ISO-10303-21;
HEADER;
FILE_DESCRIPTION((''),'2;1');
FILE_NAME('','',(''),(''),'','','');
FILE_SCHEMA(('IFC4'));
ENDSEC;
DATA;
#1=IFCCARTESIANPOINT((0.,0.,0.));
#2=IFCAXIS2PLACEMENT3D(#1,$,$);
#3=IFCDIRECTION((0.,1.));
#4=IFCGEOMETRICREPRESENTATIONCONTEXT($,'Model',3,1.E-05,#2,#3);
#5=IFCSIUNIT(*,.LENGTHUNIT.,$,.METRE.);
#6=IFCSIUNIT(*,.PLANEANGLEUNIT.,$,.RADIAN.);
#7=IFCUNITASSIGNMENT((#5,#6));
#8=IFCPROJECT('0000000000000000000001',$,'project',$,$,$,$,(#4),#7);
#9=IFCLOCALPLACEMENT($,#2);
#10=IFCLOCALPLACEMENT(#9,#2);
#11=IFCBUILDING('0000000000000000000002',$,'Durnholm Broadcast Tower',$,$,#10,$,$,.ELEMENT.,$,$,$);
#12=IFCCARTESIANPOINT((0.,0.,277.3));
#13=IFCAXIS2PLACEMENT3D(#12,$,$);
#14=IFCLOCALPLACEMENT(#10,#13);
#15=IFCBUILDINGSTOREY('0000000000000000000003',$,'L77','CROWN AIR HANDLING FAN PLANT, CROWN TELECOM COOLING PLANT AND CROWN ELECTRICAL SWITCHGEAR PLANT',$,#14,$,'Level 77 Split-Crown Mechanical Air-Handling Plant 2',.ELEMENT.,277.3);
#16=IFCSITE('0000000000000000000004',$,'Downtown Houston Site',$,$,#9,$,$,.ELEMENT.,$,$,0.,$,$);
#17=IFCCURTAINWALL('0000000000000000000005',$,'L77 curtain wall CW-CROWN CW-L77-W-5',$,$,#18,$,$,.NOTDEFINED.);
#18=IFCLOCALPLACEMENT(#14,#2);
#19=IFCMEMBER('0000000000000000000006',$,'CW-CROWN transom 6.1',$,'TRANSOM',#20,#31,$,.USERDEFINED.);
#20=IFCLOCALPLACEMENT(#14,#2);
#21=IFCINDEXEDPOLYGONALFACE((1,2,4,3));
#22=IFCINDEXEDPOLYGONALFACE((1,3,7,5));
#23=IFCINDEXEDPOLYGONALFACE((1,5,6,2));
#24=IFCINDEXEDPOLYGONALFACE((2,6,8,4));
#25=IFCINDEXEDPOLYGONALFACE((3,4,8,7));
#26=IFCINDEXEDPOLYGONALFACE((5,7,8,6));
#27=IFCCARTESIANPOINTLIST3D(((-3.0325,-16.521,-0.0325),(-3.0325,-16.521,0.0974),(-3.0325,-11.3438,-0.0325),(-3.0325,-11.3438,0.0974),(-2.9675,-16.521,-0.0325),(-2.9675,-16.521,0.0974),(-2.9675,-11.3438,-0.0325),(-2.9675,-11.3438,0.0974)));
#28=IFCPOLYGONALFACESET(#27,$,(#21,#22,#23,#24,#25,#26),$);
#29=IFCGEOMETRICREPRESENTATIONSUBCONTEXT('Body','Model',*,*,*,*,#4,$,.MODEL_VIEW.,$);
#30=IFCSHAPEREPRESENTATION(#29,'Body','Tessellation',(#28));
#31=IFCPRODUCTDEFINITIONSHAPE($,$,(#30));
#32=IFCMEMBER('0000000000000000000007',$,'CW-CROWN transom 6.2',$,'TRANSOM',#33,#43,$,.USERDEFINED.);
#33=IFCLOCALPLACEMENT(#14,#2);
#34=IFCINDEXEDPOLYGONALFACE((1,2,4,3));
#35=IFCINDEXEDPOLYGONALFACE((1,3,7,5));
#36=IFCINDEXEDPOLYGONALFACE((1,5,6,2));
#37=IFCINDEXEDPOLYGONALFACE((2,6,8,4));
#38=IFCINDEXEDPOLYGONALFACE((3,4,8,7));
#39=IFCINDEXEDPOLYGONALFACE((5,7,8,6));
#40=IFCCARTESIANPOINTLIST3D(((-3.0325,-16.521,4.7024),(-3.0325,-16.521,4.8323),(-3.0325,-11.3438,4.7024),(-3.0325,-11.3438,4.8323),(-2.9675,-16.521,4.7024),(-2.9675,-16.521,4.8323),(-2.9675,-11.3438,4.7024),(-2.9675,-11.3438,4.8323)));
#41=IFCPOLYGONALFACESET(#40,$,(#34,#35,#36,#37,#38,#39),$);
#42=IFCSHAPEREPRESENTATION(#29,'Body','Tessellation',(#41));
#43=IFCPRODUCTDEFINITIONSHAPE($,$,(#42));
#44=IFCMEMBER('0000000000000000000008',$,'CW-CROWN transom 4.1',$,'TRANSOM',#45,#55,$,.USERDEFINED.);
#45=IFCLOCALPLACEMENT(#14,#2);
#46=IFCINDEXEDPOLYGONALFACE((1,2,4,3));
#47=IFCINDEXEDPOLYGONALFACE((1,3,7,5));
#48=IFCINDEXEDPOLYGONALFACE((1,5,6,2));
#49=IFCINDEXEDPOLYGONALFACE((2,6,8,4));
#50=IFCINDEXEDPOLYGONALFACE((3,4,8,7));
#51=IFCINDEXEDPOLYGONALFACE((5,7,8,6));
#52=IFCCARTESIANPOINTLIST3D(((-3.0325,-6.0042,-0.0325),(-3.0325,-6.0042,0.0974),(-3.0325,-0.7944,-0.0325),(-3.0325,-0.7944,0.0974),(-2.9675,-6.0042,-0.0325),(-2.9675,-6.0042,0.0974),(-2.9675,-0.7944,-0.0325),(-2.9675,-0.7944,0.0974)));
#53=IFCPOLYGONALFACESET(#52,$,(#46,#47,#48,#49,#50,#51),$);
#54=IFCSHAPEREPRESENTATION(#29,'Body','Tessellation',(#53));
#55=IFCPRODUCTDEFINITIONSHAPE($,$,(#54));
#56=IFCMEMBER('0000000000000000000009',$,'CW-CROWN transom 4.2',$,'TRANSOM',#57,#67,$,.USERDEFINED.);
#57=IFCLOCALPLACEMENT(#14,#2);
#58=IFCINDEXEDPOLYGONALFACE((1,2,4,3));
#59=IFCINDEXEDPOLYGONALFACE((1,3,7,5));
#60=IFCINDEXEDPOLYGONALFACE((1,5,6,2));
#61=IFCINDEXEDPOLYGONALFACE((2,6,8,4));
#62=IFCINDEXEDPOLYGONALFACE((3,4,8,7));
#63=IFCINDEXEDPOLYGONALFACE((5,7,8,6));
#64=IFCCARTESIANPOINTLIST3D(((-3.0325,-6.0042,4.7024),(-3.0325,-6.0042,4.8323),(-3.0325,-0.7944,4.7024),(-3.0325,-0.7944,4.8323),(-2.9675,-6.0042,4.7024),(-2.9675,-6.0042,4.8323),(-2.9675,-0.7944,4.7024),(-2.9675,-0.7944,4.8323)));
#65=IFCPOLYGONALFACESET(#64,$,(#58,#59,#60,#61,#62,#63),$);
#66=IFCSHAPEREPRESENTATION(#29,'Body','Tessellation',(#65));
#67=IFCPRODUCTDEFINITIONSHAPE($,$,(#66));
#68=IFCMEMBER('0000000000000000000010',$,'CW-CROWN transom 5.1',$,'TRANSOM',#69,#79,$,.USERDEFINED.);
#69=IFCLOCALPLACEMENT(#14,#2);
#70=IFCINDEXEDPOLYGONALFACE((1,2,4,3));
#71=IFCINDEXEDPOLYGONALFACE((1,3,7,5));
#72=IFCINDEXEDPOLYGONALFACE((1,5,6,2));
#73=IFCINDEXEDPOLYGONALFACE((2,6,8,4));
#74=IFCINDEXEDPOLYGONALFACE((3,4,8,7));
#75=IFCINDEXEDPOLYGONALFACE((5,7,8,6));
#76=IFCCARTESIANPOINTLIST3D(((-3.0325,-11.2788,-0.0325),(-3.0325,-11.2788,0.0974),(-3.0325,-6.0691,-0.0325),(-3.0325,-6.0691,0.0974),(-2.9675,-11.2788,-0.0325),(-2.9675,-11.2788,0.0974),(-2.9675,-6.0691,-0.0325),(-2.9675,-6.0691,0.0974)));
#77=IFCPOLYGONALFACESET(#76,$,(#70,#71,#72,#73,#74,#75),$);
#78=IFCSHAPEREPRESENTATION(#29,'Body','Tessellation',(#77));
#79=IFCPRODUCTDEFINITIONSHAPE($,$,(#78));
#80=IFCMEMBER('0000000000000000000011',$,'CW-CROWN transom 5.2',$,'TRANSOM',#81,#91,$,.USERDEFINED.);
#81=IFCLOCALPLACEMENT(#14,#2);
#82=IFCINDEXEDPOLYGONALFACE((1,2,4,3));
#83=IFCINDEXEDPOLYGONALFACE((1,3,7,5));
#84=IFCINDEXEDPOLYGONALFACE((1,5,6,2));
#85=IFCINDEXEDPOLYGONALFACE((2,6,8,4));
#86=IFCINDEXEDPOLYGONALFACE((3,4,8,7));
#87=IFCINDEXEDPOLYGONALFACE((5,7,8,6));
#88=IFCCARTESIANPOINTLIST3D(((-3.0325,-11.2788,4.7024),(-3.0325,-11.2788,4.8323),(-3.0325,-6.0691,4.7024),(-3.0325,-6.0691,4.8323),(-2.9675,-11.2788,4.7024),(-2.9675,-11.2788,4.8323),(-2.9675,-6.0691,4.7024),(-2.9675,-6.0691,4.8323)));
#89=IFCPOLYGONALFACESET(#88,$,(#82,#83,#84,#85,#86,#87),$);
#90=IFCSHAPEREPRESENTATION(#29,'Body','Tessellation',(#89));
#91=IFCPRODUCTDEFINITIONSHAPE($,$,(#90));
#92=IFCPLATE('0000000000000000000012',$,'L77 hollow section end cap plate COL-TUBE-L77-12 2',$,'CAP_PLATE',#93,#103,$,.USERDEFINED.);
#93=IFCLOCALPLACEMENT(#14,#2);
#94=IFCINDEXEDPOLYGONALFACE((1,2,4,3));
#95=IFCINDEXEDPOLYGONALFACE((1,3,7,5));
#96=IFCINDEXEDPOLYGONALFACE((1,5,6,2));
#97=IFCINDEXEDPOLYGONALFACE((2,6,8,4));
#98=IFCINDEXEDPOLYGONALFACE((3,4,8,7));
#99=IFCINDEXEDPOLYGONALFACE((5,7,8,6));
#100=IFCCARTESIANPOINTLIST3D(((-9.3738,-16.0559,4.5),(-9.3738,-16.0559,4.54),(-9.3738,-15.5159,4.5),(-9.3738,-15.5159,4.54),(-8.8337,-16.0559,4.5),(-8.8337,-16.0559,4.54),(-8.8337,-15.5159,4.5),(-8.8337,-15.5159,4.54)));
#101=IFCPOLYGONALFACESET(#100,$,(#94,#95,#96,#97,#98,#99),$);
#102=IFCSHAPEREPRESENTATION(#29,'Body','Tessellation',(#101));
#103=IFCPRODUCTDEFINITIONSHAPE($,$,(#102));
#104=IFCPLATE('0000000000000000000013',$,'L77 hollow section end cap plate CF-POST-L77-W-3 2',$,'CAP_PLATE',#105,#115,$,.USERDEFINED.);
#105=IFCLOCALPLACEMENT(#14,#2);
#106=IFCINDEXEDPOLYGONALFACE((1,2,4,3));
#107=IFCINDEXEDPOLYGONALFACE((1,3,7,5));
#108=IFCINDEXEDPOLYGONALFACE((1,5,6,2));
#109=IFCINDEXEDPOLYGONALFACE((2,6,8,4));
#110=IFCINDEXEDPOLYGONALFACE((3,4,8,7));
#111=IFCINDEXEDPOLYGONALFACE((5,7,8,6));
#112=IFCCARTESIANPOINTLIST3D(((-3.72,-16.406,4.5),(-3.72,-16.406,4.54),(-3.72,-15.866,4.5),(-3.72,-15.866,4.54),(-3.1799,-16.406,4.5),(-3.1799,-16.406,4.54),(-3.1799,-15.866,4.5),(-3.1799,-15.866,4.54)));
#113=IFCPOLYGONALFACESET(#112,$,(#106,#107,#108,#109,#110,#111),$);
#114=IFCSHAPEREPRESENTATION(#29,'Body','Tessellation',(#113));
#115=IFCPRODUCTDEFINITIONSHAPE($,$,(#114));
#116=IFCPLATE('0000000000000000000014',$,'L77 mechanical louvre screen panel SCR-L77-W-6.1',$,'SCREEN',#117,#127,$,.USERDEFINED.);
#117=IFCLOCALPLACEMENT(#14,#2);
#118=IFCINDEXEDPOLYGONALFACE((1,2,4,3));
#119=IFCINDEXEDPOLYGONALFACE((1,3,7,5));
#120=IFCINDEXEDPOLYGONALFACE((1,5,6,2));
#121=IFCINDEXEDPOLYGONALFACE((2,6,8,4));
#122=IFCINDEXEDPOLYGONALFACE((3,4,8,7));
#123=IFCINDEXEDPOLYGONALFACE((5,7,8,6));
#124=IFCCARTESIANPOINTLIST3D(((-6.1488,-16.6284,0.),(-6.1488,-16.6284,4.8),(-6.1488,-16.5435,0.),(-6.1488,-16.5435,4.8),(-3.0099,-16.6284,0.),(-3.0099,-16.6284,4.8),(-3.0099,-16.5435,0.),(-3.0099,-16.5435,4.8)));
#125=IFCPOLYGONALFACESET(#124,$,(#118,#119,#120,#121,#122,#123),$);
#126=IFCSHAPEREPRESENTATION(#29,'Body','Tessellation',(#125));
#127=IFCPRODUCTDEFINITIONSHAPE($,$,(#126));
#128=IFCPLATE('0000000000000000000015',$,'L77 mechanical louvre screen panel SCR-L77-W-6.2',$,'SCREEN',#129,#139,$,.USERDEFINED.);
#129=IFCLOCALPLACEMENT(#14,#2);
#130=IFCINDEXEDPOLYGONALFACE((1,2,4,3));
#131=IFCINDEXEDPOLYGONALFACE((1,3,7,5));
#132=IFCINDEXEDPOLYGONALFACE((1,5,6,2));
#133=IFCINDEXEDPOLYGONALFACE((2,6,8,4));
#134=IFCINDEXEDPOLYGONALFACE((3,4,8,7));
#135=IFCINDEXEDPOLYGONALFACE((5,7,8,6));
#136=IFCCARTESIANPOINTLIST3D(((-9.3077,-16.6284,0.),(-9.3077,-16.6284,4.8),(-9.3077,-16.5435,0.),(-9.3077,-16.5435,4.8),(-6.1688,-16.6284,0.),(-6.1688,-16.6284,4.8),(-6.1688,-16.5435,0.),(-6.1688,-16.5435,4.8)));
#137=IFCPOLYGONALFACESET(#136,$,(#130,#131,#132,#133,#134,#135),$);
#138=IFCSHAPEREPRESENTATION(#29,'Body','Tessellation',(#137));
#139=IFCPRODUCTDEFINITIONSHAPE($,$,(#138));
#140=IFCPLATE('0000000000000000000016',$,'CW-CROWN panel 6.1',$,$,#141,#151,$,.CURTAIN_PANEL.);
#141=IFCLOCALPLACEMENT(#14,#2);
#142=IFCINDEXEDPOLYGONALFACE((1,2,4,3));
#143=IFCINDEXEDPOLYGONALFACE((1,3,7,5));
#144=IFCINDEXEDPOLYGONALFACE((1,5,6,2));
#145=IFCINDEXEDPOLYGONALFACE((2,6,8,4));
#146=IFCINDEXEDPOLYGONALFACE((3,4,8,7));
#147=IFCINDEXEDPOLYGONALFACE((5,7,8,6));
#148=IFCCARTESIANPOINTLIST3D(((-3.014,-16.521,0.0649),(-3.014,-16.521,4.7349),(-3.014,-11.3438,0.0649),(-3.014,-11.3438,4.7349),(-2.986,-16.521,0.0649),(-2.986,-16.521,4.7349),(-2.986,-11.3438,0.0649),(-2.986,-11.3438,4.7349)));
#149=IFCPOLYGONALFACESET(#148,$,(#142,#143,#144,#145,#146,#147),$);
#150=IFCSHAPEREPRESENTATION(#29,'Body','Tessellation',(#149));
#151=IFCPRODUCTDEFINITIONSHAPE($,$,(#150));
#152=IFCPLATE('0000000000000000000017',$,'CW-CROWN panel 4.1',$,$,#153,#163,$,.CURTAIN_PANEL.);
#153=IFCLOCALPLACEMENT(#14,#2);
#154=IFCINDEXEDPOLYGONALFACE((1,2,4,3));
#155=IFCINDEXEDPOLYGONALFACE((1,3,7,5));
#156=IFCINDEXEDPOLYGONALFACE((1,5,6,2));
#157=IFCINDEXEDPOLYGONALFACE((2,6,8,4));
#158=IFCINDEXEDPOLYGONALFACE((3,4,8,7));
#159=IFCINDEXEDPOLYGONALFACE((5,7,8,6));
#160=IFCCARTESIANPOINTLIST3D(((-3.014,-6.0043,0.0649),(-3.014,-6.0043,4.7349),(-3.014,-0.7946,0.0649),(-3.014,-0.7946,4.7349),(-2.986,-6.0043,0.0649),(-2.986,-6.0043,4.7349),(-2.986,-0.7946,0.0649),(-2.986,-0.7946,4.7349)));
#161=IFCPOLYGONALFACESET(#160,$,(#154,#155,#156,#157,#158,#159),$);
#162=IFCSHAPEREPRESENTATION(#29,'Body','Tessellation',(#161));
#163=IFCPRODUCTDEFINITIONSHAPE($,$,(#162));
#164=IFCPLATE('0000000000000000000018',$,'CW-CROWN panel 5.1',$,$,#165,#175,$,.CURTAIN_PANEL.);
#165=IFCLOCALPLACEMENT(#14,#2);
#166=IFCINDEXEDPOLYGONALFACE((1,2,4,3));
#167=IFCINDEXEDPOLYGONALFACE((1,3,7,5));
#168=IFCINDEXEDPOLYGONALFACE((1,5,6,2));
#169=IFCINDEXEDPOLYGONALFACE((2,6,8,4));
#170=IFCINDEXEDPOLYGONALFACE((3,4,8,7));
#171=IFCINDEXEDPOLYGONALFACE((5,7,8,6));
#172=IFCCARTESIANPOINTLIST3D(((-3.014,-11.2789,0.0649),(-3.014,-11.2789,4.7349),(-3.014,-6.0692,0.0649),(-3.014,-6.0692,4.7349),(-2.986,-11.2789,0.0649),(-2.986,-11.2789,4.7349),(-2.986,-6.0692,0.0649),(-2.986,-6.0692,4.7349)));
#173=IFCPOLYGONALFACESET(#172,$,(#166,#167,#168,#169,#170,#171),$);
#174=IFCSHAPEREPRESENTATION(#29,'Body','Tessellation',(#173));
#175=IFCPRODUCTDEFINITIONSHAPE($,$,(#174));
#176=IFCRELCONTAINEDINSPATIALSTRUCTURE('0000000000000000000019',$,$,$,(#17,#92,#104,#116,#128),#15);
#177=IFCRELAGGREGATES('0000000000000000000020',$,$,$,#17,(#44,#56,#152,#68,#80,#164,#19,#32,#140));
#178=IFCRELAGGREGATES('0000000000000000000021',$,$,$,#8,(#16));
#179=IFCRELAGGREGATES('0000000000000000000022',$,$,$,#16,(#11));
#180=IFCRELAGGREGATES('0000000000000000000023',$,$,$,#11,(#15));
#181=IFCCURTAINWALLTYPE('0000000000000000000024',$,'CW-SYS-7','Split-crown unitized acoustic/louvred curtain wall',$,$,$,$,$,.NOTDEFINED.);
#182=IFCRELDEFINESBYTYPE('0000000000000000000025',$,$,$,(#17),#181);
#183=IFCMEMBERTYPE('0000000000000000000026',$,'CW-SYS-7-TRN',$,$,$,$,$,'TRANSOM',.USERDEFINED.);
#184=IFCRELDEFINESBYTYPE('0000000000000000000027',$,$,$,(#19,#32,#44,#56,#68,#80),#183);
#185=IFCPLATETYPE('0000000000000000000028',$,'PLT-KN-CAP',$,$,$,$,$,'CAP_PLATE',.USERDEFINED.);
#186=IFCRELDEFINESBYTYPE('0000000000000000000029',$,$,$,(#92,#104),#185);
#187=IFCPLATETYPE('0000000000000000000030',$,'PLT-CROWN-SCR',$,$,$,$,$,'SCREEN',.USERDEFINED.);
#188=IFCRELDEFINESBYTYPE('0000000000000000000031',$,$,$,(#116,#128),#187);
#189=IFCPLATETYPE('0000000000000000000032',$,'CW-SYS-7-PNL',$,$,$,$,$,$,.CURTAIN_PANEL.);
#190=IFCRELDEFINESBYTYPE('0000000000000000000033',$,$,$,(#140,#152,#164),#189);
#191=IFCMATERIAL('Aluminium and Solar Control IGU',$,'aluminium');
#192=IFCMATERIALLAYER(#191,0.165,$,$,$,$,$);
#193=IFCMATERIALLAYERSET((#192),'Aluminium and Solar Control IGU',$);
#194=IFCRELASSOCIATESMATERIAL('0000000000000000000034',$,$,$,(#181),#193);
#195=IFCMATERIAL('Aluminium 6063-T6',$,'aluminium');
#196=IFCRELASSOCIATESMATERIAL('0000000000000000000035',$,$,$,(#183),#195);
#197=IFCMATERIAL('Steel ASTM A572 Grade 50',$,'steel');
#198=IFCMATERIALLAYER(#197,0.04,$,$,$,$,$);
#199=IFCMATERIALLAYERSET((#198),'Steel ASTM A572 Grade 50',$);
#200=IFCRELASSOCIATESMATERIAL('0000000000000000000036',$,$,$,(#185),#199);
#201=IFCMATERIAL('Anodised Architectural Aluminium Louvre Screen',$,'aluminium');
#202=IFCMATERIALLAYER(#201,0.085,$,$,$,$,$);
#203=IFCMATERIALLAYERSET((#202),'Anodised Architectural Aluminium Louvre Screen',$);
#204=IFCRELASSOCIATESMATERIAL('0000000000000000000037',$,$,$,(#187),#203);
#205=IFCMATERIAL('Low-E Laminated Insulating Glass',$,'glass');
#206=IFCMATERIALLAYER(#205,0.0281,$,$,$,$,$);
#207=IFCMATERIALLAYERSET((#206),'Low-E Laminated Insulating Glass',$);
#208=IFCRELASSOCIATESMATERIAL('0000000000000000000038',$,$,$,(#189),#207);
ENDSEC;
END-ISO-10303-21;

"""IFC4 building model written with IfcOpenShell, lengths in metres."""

from ifc_helpers import new_model, si_unit, direction, frame, origin, origin_2d, place, context, subcontext, project, spatial, rectangle, extrude, source, transform, mapped, material, layer, layer_set, material_profile, profile_set, type_object, type_shapes, element, aggregate, save


model = new_model("IFC4")

# Units and contexts
model_context = context("Model", 3, precision=1e-05, world=origin(), true_north=direction((0.0, 1.0)))
body_context = subcontext(model_context, "Body", "Model", "MODEL_VIEW")
ifc_project = project(units=[si_unit("LENGTHUNIT", "METRE"), si_unit("PLANEANGLEUNIT", "RADIAN")], contexts=[model_context])

# Site, building, storey
site_placement = place(None, origin())
site = spatial("IfcSite", under=ifc_project, at=site_placement, Name="Downtown Houston Site", CompositionType="ELEMENT", RefElevation=0.0)
building_placement = place(site_placement, origin())
building = spatial("IfcBuilding", under=site, at=building_placement, Name="Durnholm Broadcast Tower", CompositionType="ELEMENT")
storey_placement = place(building_placement, frame((0.0, 0.0, 277.3)))
storey = spatial("IfcBuildingStorey", under=building, at=storey_placement, Name="L77", Description="CROWN AIR HANDLING FAN PLANT, CROWN TELECOM COOLING PLANT AND CROWN ELECTRICAL SWITCHGEAR PLANT", LongName="Level 77 Split-Crown Mechanical Air-Handling Plant 2", CompositionType="ELEMENT", Elevation=277.3)

# Curtain wall, members
ifc_material_1 = material(Name="Aluminium and Solar Control IGU", Category="aluminium")
ifc_layer_1 = layer(ifc_material_1, 0.165)
ifc_layer_set_1 = layer_set([ifc_layer_1], Name="Aluminium and Solar Control IGU")
curtain_wall_type = type_object("IfcCurtainWallType", Name="CW-SYS-7", Description="Split-crown unitized acoustic/louvred curtain wall", PredefinedType="NOTDEFINED", material=ifc_layer_set_1)
curtain_wall_placement = place(storey_placement, origin())
curtain_wall = element("IfcCurtainWall", 1, at=curtain_wall_placement, inside=storey, type_object=curtain_wall_type, Name="L77 curtain wall CW-CROWN CW-L77-W-5", PredefinedType="NOTDEFINED")
ifc_material_2 = material(Name="Aluminium 6063-T6", Category="aluminium")
ifc_material_profile_1 = material_profile(ifc_material_2, rectangle(XDim=0.0649, YDim=0.1299, at=origin_2d()), Name="CWT65X130")
ifc_profile_set_1 = profile_set([ifc_material_profile_1], Name="Aluminium 6063-T6")
member_type_1 = type_object("IfcMemberType", Name="CW-SYS-7-TRN", ElementType="TRANSOM", PredefinedType="USERDEFINED", material=ifc_profile_set_1)
shared_shape_1 = source(origin(), body_context, "Body", "SweptSolid", [
    extrude(rectangle(XDim=0.0649, YDim=0.1299, at=origin_2d()), origin(), (0.0, 0.0, 1.0), 5.1772),
])
member_1_placement = place(storey_placement, frame((-3.0, -11.3438, 0.0325), z_axis=(0.0, -1.0, 0.0), x_axis=(1.0, 0.0, 0.0)))
member_1 = element("IfcMember", 2, at=member_1_placement, type_object=member_type_1, Name="CW-CROWN transom 6.1", ObjectType="TRANSOM", PredefinedType="USERDEFINED", context=body_context, shape_type="MappedRepresentation", body=[
    mapped(shared_shape_1, transform((0.0, 0.0, 0.0), x_axis=(1.0, 0.0, 0.0), y_axis=(0.0, 1.0, 0.0), z_axis=(0.0, 0.0, 1.0), scale=1.0)),
])
member_2_placement = place(storey_placement, frame((-3.0, -11.3438, 4.7673), z_axis=(0.0, -1.0, 0.0), x_axis=(1.0, 0.0, 0.0)))
member_2 = element("IfcMember", 3, at=member_2_placement, type_object=member_type_1, Name="CW-CROWN transom 6.2", ObjectType="TRANSOM", PredefinedType="USERDEFINED", context=body_context, shape_type="MappedRepresentation", body=[
    mapped(shared_shape_1, transform((0.0, 0.0, 0.0), x_axis=(1.0, 0.0, 0.0), y_axis=(0.0, 1.0, 0.0), z_axis=(0.0, 0.0, 1.0), scale=1.0)),
])
shared_shape_2 = source(origin(), body_context, "Body", "SweptSolid", [
    extrude(rectangle(XDim=0.0649, YDim=0.1299, at=origin_2d()), origin(), (0.0, 0.0, 1.0), 5.2097),
])
type_shapes(member_type_1, [shared_shape_1, shared_shape_2])
member_3_placement = place(storey_placement, frame((-3.0, -0.7944, 0.0325), z_axis=(0.0, -1.0, 0.0), x_axis=(1.0, 0.0, 0.0)))
member_3 = element("IfcMember", 4, at=member_3_placement, type_object=member_type_1, Name="CW-CROWN transom 4.1", ObjectType="TRANSOM", PredefinedType="USERDEFINED", context=body_context, shape_type="MappedRepresentation", body=[
    mapped(shared_shape_2, transform((0.0, 0.0, 0.0), x_axis=(1.0, 0.0, 0.0), y_axis=(0.0, 1.0, 0.0), z_axis=(0.0, 0.0, 1.0), scale=1.0)),
])
member_4_placement = place(storey_placement, frame((-3.0, -0.7944, 4.7673), z_axis=(0.0, -1.0, 0.0), x_axis=(1.0, 0.0, 0.0)))
member_4 = element("IfcMember", 5, at=member_4_placement, type_object=member_type_1, Name="CW-CROWN transom 4.2", ObjectType="TRANSOM", PredefinedType="USERDEFINED", context=body_context, shape_type="MappedRepresentation", body=[
    mapped(shared_shape_2, transform((0.0, 0.0, 0.0), x_axis=(1.0, 0.0, 0.0), y_axis=(0.0, 1.0, 0.0), z_axis=(0.0, 0.0, 1.0), scale=1.0)),
])
member_5_placement = place(storey_placement, frame((-3.0, -6.0691, 0.0325), z_axis=(0.0, -1.0, 0.0), x_axis=(1.0, 0.0, 0.0)))
member_5 = element("IfcMember", 6, at=member_5_placement, type_object=member_type_1, Name="CW-CROWN transom 5.1", ObjectType="TRANSOM", PredefinedType="USERDEFINED", context=body_context, shape_type="MappedRepresentation", body=[
    mapped(shared_shape_2, transform((0.0, 0.0, 0.0), x_axis=(1.0, 0.0, 0.0), y_axis=(0.0, 1.0, 0.0), z_axis=(0.0, 0.0, 1.0), scale=1.0)),
])
member_6_placement = place(storey_placement, frame((-3.0, -6.0691, 4.7673), z_axis=(0.0, -1.0, 0.0), x_axis=(1.0, 0.0, 0.0)))
member_6 = element("IfcMember", 7, at=member_6_placement, type_object=member_type_1, Name="CW-CROWN transom 5.2", ObjectType="TRANSOM", PredefinedType="USERDEFINED", context=body_context, shape_type="MappedRepresentation", body=[
    mapped(shared_shape_2, transform((0.0, 0.0, 0.0), x_axis=(1.0, 0.0, 0.0), y_axis=(0.0, 1.0, 0.0), z_axis=(0.0, 0.0, 1.0), scale=1.0)),
])

# Plates
ifc_material_3 = material(Name="Steel ASTM A572 Grade 50", Category="steel")
ifc_layer_2 = layer(ifc_material_3, 0.04)
ifc_layer_set_2 = layer_set([ifc_layer_2], Name="Steel ASTM A572 Grade 50")
plate_type_1 = type_object("IfcPlateType", Name="PLT-KN-CAP", ElementType="CAP_PLATE", PredefinedType="USERDEFINED", material=ifc_layer_set_2)
shared_shape_3 = source(origin(), body_context, "Body", "SweptSolid", [
    extrude(rectangle(XDim=0.54, YDim=0.54, at=origin_2d()), origin(), (0.0, 0.0, 1.0), 0.04),
])
type_shapes(plate_type_1, [shared_shape_3])
for number, where, z_axis, x_axis, name in (
    (8, (-9.1038, -15.7859, 4.5), (0.0, 0.0, 1.0), (1.0, 0.0, 0.0), "L77 hollow section end cap plate COL-TUBE-L77-12 2"),
    (9, (-3.45, -16.136, 4.5), (0.0, 0.0, 1.0), (1.0, 0.0, 0.0), "L77 hollow section end cap plate CF-POST-L77-W-3 2"),
):
    element("IfcPlate", number, at=place(storey_placement, frame(where, z_axis=z_axis, x_axis=x_axis)), inside=storey, type_object=plate_type_1, Name=name, ObjectType="CAP_PLATE", PredefinedType="USERDEFINED", context=body_context, shape_type="MappedRepresentation", body=[
        mapped(shared_shape_3, transform((0.0, 0.0, 0.0), x_axis=(1.0, 0.0, 0.0), y_axis=(0.0, 1.0, 0.0), z_axis=(0.0, 0.0, 1.0), scale=1.0)),
    ])
ifc_material_4 = material(Name="Anodised Architectural Aluminium Louvre Screen", Category="aluminium")
ifc_layer_3 = layer(ifc_material_4, 0.085)
ifc_layer_set_3 = layer_set([ifc_layer_3], Name="Anodised Architectural Aluminium Louvre Screen")
plate_type_2 = type_object("IfcPlateType", Name="PLT-CROWN-SCR", ElementType="SCREEN", PredefinedType="USERDEFINED", material=ifc_layer_set_3)
shared_shape_4 = source(origin(), body_context, "Body", "SweptSolid", [
    extrude(rectangle(XDim=3.1389, YDim=0.085, at=origin_2d()), origin(), (0.0, 0.0, 1.0), 4.8),
])
type_shapes(plate_type_2, [shared_shape_4])
for number, where, z_axis, x_axis, name in (
    (10, (-4.5793, -16.5859, 0.0), (0.0, 0.0, 1.0), (-1.0, 0.0, 0.0), "L77 mechanical louvre screen panel SCR-L77-W-6.1"),
    (11, (-7.7383, -16.5859, 0.0), (0.0, 0.0, 1.0), (-1.0, 0.0, 0.0), "L77 mechanical louvre screen panel SCR-L77-W-6.2"),
):
    element("IfcPlate", number, at=place(storey_placement, frame(where, z_axis=z_axis, x_axis=x_axis)), inside=storey, type_object=plate_type_2, Name=name, ObjectType="SCREEN", PredefinedType="USERDEFINED", context=body_context, shape_type="MappedRepresentation", body=[
        mapped(shared_shape_4, transform((0.0, 0.0, 0.0), x_axis=(1.0, 0.0, 0.0), y_axis=(0.0, 1.0, 0.0), z_axis=(0.0, 0.0, 1.0), scale=1.0)),
    ])

# Plates
ifc_material_5 = material(Name="Low-E Laminated Insulating Glass", Category="glass")
ifc_layer_4 = layer(ifc_material_5, 0.0281)
ifc_layer_set_4 = layer_set([ifc_layer_4], Name="Low-E Laminated Insulating Glass")
plate_type_3 = type_object("IfcPlateType", Name="CW-SYS-7-PNL", PredefinedType="CURTAIN_PANEL", material=ifc_layer_set_4)
shared_shape_5 = source(origin(), body_context, "Body", "SweptSolid", [
    extrude(rectangle(XDim=5.1772, YDim=0.0281, at=origin_2d()), origin(), (0.0, 0.0, 1.0), 4.6699),
])
plate_1_placement = place(storey_placement, frame((-3.0, -13.9324, 0.0649), z_axis=(0.0, 0.0, 1.0), x_axis=(0.0, -1.0, 0.0)))
plate_1 = element("IfcPlate", 12, at=plate_1_placement, type_object=plate_type_3, Name="CW-CROWN panel 6.1", PredefinedType="CURTAIN_PANEL", context=body_context, shape_type="MappedRepresentation", body=[
    mapped(shared_shape_5, transform((0.0, 0.0, 0.0), x_axis=(1.0, 0.0, 0.0), y_axis=(0.0, 1.0, 0.0), z_axis=(0.0, 0.0, 1.0), scale=1.0)),
])
shared_shape_6 = source(origin(), body_context, "Body", "SweptSolid", [
    extrude(rectangle(XDim=5.2097, YDim=0.0281, at=origin_2d()), origin(), (0.0, 0.0, 1.0), 4.6699),
])
type_shapes(plate_type_3, [shared_shape_5, shared_shape_6])
plate_2_placement = place(storey_placement, frame((-3.0, -3.3994, 0.0649), z_axis=(0.0, 0.0, 1.0), x_axis=(0.0, -1.0, 0.0)))
plate_2 = element("IfcPlate", 13, at=plate_2_placement, type_object=plate_type_3, Name="CW-CROWN panel 4.1", PredefinedType="CURTAIN_PANEL", context=body_context, shape_type="MappedRepresentation", body=[
    mapped(shared_shape_6, transform((0.0, 0.0, 0.0), x_axis=(1.0, 0.0, 0.0), y_axis=(0.0, 1.0, 0.0), z_axis=(0.0, 0.0, 1.0), scale=1.0)),
])
plate_3_placement = place(storey_placement, frame((-3.0, -8.6741, 0.0649), z_axis=(0.0, 0.0, 1.0), x_axis=(0.0, -1.0, 0.0)))
plate_3 = element("IfcPlate", 14, at=plate_3_placement, type_object=plate_type_3, Name="CW-CROWN panel 5.1", PredefinedType="CURTAIN_PANEL", context=body_context, shape_type="MappedRepresentation", body=[
    mapped(shared_shape_6, transform((0.0, 0.0, 0.0), x_axis=(1.0, 0.0, 0.0), y_axis=(0.0, 1.0, 0.0), z_axis=(0.0, 0.0, 1.0), scale=1.0)),
])
aggregate(curtain_wall, [member_3, member_4, plate_2, member_5, member_6, plate_3, member_1, member_2, plate_1])

save(model, "model.ifc")
